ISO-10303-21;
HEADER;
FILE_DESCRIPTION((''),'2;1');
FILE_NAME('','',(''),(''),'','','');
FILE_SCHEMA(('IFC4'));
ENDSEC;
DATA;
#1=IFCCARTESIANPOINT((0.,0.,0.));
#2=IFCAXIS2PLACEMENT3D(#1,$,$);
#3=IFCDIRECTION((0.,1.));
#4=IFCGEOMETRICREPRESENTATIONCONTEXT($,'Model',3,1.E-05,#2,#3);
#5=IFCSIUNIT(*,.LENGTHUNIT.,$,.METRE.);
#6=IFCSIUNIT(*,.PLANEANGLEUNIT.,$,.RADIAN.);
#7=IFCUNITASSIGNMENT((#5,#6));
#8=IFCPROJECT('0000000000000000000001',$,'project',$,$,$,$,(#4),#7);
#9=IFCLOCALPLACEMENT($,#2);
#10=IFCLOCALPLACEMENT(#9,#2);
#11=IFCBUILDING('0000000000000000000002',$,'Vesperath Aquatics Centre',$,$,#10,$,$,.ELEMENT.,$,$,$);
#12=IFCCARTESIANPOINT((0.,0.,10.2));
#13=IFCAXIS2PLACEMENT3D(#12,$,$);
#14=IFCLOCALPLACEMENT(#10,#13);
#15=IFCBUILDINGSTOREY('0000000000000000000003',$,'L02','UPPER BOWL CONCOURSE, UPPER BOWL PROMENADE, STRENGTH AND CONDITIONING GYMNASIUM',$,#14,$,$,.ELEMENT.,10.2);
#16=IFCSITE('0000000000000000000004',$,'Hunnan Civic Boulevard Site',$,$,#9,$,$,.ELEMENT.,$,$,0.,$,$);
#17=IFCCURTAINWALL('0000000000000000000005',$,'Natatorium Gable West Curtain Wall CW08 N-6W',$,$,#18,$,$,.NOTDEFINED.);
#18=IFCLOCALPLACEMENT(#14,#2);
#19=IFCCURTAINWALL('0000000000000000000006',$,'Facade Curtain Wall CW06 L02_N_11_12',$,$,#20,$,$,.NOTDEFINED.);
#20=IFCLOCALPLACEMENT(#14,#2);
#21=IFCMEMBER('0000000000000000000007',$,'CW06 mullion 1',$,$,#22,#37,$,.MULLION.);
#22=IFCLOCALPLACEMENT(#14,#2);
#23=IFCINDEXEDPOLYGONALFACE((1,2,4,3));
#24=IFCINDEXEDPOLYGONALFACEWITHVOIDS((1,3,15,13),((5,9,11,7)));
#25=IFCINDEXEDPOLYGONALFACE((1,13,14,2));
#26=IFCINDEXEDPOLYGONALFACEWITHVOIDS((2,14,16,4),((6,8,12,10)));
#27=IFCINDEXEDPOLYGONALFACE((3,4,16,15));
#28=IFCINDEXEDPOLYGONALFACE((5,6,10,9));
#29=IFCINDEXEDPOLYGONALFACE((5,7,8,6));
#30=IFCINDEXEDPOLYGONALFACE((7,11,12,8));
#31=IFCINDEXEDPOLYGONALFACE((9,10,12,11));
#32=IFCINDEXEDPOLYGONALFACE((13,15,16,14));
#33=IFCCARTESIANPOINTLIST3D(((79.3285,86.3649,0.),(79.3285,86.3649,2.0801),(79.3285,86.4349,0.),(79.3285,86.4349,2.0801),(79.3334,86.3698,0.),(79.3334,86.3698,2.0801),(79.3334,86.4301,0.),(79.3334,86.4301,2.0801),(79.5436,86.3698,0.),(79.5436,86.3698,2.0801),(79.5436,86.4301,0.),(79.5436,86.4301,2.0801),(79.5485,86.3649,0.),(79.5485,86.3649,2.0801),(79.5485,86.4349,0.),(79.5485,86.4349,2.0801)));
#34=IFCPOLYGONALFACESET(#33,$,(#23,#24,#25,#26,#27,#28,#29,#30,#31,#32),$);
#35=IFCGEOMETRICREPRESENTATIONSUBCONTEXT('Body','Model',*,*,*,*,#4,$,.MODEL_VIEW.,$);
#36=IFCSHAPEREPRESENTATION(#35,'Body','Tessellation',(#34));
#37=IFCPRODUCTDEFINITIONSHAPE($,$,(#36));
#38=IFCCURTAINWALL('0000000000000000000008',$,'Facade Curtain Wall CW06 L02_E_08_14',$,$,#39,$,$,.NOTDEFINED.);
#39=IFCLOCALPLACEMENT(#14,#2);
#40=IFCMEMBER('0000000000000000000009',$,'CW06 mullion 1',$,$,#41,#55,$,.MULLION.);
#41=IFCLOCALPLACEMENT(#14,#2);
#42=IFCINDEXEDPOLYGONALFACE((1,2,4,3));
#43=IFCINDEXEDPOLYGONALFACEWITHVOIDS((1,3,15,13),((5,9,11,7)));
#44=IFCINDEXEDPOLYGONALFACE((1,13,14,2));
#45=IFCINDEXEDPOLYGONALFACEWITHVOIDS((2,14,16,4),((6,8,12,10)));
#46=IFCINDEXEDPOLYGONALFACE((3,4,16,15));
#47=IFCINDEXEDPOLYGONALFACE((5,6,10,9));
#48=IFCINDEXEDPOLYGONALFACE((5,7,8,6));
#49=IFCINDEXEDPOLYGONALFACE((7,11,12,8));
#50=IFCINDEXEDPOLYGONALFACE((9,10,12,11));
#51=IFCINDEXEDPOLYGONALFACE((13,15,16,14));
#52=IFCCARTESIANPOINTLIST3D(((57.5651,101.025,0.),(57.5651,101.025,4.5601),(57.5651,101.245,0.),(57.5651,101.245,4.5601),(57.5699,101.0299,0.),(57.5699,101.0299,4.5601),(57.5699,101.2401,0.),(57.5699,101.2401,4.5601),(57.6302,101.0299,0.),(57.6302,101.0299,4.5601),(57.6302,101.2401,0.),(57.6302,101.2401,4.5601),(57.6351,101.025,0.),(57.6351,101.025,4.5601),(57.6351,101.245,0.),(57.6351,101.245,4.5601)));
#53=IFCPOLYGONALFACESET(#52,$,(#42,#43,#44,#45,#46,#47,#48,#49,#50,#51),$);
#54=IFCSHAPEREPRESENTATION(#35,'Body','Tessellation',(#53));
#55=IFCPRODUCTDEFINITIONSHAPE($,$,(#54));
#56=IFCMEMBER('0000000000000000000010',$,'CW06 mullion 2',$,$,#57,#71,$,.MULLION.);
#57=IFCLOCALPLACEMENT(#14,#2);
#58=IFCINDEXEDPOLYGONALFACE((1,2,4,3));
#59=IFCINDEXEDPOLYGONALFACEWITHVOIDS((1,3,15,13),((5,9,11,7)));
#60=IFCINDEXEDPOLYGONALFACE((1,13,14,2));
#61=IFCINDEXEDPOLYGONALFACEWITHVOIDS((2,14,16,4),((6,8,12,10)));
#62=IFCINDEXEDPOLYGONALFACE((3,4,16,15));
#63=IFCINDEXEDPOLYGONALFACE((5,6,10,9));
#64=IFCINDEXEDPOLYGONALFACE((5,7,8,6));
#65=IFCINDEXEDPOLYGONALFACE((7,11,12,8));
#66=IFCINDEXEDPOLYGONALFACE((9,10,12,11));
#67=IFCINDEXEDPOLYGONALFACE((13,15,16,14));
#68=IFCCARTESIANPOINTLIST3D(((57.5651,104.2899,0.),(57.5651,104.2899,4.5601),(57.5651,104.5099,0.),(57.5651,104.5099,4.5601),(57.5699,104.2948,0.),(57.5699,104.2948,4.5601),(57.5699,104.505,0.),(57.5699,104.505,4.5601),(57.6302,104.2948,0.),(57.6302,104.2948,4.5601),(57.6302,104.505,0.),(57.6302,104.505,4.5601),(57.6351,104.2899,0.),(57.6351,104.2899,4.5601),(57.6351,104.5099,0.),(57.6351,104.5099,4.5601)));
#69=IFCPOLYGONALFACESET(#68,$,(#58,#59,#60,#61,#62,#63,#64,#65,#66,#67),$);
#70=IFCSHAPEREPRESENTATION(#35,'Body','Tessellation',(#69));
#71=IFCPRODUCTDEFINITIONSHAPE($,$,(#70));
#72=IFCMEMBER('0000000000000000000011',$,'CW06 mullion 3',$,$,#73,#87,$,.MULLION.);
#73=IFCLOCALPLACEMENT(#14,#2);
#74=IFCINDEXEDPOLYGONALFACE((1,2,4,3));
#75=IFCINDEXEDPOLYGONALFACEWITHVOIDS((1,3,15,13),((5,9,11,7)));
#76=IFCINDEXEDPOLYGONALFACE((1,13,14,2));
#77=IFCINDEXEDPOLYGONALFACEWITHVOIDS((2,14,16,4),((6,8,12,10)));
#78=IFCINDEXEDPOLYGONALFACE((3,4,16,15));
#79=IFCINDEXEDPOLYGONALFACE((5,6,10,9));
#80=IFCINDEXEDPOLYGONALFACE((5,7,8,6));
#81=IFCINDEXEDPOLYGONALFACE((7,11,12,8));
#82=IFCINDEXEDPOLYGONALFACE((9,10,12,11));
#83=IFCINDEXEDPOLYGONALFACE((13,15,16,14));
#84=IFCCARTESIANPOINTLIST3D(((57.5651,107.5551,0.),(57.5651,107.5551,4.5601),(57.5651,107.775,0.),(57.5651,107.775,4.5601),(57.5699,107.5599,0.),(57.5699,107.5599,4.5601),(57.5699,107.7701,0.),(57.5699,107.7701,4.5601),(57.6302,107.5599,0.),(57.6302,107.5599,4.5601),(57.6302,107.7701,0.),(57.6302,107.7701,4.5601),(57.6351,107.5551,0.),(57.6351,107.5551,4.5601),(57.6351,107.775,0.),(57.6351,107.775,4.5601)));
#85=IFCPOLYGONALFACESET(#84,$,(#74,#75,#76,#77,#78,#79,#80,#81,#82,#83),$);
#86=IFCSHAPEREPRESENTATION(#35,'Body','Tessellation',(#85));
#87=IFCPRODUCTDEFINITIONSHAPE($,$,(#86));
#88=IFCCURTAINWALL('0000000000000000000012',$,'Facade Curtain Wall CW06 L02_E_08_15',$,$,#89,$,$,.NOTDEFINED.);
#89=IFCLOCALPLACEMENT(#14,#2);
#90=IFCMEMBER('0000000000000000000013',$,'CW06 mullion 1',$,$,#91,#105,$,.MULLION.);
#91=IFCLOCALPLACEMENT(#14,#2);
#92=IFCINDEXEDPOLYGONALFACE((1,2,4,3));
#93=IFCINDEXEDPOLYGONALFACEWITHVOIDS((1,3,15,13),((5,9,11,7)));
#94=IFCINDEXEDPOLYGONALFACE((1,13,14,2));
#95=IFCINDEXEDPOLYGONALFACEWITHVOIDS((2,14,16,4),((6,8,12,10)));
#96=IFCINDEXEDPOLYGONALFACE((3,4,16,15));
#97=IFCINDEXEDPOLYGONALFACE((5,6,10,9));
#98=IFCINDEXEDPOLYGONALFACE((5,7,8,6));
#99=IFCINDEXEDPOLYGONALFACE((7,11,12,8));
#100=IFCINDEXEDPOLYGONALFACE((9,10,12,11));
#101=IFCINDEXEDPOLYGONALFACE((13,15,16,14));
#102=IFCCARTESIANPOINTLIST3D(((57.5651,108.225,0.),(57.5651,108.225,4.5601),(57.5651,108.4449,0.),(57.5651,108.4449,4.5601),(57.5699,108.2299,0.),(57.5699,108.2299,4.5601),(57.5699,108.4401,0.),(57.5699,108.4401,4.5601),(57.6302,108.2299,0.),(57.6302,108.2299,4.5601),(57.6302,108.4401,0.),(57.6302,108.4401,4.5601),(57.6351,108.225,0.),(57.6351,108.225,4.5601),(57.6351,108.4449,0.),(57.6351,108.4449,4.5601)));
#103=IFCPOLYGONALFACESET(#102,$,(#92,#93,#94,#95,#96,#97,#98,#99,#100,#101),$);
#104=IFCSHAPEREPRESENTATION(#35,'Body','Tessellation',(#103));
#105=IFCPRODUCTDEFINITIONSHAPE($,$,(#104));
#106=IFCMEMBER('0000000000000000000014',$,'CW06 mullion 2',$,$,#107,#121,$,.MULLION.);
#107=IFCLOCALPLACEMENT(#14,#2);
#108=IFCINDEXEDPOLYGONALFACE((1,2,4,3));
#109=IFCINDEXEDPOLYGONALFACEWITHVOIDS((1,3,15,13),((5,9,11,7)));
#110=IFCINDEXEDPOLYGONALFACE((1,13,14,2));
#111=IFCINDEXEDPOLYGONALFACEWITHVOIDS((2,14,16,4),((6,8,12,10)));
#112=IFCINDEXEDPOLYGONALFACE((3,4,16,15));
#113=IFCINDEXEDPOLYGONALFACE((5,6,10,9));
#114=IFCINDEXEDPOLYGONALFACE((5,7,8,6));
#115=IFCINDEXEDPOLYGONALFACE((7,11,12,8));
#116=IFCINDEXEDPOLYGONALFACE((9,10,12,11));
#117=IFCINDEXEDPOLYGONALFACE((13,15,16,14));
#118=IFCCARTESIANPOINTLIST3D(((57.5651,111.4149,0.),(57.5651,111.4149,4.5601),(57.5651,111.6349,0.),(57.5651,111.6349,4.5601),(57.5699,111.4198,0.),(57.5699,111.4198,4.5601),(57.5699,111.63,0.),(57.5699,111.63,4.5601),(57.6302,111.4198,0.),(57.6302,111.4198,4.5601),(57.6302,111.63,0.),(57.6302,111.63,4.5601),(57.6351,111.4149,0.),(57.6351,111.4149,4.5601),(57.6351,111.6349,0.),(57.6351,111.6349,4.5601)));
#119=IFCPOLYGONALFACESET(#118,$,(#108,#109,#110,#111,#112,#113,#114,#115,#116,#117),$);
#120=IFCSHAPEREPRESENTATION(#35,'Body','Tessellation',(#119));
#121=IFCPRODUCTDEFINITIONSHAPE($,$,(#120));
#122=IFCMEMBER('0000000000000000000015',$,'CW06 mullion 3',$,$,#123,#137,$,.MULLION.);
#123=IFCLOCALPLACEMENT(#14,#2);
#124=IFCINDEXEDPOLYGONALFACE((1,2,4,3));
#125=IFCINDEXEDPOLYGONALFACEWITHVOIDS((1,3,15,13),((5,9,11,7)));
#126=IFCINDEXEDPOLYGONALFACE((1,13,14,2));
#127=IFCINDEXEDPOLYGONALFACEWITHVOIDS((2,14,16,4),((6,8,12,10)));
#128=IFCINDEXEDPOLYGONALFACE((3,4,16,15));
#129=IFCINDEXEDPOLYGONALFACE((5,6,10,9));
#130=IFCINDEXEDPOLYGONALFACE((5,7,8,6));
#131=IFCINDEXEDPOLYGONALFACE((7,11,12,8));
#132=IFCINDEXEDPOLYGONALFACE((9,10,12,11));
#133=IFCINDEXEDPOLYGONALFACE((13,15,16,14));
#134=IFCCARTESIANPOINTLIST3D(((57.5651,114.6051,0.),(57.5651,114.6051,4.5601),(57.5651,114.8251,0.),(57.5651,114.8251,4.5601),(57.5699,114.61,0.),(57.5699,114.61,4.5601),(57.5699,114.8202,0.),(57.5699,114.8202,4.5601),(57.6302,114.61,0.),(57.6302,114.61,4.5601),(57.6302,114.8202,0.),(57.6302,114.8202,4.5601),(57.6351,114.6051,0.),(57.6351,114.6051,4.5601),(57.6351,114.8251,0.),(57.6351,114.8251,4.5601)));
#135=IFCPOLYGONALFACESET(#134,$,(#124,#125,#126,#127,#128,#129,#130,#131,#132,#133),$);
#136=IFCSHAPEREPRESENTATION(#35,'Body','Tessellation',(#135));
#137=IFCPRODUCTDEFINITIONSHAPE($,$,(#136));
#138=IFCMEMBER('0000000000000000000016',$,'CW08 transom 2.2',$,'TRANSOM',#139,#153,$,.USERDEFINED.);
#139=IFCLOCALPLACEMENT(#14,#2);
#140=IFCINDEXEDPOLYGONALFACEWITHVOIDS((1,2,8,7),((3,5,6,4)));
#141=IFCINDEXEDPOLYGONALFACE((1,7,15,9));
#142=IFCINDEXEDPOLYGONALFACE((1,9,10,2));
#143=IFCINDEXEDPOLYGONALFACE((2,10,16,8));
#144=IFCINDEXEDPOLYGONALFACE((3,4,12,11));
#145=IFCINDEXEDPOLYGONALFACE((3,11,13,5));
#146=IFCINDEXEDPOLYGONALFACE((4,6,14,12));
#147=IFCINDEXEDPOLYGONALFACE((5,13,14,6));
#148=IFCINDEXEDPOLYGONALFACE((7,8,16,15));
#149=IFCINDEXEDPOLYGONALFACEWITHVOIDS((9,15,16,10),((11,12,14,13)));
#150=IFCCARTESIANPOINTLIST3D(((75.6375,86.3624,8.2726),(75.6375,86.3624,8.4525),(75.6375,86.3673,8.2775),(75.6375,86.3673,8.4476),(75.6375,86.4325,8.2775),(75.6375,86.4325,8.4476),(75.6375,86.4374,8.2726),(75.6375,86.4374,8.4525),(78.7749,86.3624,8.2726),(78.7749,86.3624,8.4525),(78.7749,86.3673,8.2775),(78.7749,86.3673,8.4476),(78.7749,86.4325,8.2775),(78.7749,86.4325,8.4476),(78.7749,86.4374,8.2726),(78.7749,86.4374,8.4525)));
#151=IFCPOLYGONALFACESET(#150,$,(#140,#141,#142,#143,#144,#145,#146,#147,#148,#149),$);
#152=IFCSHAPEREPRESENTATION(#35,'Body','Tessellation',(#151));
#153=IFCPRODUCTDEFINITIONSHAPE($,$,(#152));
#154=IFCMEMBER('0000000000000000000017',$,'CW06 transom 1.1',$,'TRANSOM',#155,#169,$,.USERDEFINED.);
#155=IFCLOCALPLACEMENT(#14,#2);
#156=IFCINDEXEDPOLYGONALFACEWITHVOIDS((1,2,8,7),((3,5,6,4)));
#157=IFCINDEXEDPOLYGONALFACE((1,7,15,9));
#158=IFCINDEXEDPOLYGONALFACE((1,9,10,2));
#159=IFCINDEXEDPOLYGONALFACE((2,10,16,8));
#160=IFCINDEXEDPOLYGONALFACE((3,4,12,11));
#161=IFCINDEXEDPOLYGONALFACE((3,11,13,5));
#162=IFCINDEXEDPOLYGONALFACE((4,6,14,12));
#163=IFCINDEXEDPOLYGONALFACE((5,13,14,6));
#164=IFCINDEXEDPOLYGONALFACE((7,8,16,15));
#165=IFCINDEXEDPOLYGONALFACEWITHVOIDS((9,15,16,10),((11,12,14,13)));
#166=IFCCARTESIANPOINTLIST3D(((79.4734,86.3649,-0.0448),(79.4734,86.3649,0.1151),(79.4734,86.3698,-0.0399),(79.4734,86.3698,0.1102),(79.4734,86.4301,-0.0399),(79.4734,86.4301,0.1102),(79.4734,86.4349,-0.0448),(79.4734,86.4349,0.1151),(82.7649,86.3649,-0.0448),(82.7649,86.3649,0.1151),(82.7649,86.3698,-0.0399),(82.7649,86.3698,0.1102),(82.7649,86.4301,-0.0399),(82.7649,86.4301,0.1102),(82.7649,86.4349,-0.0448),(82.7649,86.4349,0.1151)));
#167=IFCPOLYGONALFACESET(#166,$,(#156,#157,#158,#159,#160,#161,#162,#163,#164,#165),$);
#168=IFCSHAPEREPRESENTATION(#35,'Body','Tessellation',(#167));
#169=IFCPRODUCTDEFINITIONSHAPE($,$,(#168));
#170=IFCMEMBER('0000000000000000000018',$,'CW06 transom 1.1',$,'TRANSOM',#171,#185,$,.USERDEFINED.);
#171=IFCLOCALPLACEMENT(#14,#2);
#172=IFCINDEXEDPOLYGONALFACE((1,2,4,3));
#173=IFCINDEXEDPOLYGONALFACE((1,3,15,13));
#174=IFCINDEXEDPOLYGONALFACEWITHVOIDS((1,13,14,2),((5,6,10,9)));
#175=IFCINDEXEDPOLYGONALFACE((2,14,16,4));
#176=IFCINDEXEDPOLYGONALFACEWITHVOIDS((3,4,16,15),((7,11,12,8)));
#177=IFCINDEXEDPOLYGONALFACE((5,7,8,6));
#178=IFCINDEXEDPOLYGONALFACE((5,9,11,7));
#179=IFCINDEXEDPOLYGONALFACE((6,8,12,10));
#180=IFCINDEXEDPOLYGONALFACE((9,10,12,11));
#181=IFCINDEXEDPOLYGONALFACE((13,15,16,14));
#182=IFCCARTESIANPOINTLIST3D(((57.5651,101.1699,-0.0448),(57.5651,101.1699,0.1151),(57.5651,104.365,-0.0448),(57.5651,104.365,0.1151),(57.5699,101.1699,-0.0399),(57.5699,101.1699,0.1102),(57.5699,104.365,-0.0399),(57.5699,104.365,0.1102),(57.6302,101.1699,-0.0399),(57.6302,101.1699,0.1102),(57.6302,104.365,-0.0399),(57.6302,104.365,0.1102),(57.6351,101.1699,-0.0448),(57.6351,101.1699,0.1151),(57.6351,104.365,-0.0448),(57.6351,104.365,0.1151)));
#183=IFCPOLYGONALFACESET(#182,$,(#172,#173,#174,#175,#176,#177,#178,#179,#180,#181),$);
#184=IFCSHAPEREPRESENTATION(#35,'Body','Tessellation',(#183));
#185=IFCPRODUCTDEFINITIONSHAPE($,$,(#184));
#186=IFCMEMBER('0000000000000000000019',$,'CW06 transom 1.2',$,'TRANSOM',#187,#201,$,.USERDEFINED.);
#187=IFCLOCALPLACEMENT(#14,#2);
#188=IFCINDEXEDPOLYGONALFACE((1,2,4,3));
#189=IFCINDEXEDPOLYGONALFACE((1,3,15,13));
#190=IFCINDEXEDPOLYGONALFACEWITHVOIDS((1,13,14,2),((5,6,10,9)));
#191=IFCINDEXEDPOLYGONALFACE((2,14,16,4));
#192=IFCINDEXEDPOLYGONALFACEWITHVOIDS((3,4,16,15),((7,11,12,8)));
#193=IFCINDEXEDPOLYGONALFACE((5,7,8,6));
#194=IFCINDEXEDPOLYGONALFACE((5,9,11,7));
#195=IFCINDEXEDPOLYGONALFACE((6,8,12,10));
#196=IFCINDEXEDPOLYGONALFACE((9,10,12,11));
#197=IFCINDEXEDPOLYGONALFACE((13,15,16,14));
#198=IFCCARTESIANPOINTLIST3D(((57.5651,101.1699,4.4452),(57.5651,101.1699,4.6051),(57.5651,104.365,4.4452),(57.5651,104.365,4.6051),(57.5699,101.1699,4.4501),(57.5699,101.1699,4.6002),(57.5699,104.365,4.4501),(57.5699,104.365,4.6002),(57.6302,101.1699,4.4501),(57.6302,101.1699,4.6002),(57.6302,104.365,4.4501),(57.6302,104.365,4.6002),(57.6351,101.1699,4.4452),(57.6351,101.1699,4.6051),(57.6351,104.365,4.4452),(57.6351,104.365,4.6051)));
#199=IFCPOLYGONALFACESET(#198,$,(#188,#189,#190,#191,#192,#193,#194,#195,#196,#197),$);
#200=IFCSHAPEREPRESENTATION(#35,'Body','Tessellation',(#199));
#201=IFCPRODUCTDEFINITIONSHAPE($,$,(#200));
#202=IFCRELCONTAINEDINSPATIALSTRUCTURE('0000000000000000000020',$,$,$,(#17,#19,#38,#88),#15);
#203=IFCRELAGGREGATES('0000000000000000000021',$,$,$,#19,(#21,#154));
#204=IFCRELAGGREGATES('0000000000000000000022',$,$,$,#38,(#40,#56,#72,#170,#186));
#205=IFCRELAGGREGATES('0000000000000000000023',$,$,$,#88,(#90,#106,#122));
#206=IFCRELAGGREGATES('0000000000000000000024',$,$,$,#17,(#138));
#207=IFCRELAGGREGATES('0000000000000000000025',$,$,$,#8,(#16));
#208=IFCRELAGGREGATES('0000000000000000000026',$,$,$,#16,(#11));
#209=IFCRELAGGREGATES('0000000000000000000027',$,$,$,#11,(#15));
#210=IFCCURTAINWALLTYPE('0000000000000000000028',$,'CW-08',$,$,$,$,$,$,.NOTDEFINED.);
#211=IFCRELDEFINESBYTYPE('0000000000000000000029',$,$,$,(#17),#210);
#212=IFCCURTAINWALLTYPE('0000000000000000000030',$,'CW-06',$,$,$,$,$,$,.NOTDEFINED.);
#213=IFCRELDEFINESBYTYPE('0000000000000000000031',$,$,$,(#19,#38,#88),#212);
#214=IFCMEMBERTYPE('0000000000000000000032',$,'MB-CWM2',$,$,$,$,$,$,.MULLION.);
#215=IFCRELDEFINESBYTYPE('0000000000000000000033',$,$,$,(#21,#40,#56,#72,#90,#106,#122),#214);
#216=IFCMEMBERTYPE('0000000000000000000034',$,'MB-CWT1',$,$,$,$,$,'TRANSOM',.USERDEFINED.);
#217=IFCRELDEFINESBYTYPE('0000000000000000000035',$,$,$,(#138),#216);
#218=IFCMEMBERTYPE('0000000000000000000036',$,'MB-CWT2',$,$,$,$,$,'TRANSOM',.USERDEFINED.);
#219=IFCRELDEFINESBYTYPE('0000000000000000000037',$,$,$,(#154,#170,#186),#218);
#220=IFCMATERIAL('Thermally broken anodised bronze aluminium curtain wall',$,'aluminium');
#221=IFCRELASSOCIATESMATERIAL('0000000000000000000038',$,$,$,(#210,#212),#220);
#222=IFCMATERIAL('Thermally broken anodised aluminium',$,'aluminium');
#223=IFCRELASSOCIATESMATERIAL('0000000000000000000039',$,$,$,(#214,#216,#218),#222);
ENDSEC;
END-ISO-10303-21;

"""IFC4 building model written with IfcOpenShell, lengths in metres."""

from ifc_helpers import new_model, si_unit, direction, frame, origin, origin_2d, place, context, subcontext, project, spatial, hollow_rectangle, extrude, material, material_profile, profile_set, type_object, element, aggregate, save


model = new_model("IFC4")

# Units and contexts
model_context = context("Model", 3, precision=1e-05, world=origin(), true_north=direction((0.0, 1.0)))
body_context = subcontext(model_context, "Body", "Model", "MODEL_VIEW")
ifc_project = project(units=[si_unit("LENGTHUNIT", "METRE"), si_unit("PLANEANGLEUNIT", "RADIAN")], contexts=[model_context])

# Site, building, storey
site_placement = place(None, origin())
site = spatial("IfcSite", under=ifc_project, at=site_placement, Name="Hunnan Civic Boulevard Site", CompositionType="ELEMENT", RefElevation=0.0)
building_placement = place(site_placement, origin())
building = spatial("IfcBuilding", under=site, at=building_placement, Name="Vesperath Aquatics Centre", CompositionType="ELEMENT")
storey_placement = place(building_placement, frame((0.0, 0.0, 10.2)))
storey = spatial("IfcBuildingStorey", under=building, at=storey_placement, Name="L02", Description="UPPER BOWL CONCOURSE, UPPER BOWL PROMENADE, STRENGTH AND CONDITIONING GYMNASIUM", CompositionType="ELEMENT", Elevation=10.2)

# Curtain walls, member
ifc_material_1 = material(Name="Thermally broken anodised bronze aluminium curtain wall", Category="aluminium")
curtain_wall_type_1 = type_object("IfcCurtainWallType", Name="CW-08", PredefinedType="NOTDEFINED", material=ifc_material_1)
curtain_wall_1_placement = place(storey_placement, origin())
curtain_wall_1 = element("IfcCurtainWall", 1, at=curtain_wall_1_placement, inside=storey, type_object=curtain_wall_type_1, Name="Natatorium Gable West Curtain Wall CW08 N-6W", PredefinedType="NOTDEFINED")
ifc_material_2 = material(Name="Thermally broken anodised aluminium", Category="aluminium")
curtain_wall_type_2 = type_object("IfcCurtainWallType", Name="CW-06", PredefinedType="NOTDEFINED", material=ifc_material_1)
ifc_material_profile_1 = material_profile(ifc_material_2, hollow_rectangle(XDim=0.0701, YDim=0.22, WallThickness=0.0049, at=origin_2d()), Name="CWM 70x220x5")
ifc_profile_set_1 = profile_set([ifc_material_profile_1], Name="Thermally broken anodised aluminium")
member_type_1 = type_object("IfcMemberType", Name="MB-CWM2", PredefinedType="MULLION", material=ifc_profile_set_1)
curtain_wall_2_placement = place(storey_placement, origin())
curtain_wall_2 = element("IfcCurtainWall", 2, at=curtain_wall_2_placement, inside=storey, type_object=curtain_wall_type_2, Name="Facade Curtain Wall CW06 L02_N_11_12", PredefinedType="NOTDEFINED")
member_1_placement = place(storey_placement, frame((79.4385, 86.3999, 0.0), z_axis=(0.0, 0.0, 1.0), x_axis=(0.0, 1.0, 0.0)))
member_1 = element("IfcMember", 3, at=member_1_placement, type_object=member_type_1, Name="CW06 mullion 1", PredefinedType="MULLION", context=body_context, shape_type="SweptSolid", body=[
    extrude(hollow_rectangle(XDim=0.0701, YDim=0.22, WallThickness=0.0049, at=origin_2d()), origin(), (0.0, 0.0, 1.0), 2.0801),
])

# Curtain walls, members
curtain_wall_3_placement = place(storey_placement, origin())
curtain_wall_3 = element("IfcCurtainWall", 4, at=curtain_wall_3_placement, inside=storey, type_object=curtain_wall_type_2, Name="Facade Curtain Wall CW06 L02_E_08_14", PredefinedType="NOTDEFINED")
member_2_placement = place(storey_placement, frame((57.6001, 101.135, 0.0), z_axis=(0.0, 0.0, 1.0), x_axis=(-1.0, 0.0, 0.0)))
member_2 = element("IfcMember", 5, at=member_2_placement, type_object=member_type_1, Name="CW06 mullion 1", PredefinedType="MULLION", context=body_context, shape_type="SweptSolid", body=[
    extrude(hollow_rectangle(XDim=0.0701, YDim=0.22, WallThickness=0.0049, at=origin_2d()), origin(), (0.0, 0.0, 1.0), 4.5601),
])
member_3_placement = place(storey_placement, frame((57.6001, 104.3999, 0.0), z_axis=(0.0, 0.0, 1.0), x_axis=(-1.0, 0.0, 0.0)))
member_3 = element("IfcMember", 6, at=member_3_placement, type_object=member_type_1, Name="CW06 mullion 2", PredefinedType="MULLION", context=body_context, shape_type="SweptSolid", body=[
    extrude(hollow_rectangle(XDim=0.0701, YDim=0.22, WallThickness=0.0049, at=origin_2d()), origin(), (0.0, 0.0, 1.0), 4.5601),
])
member_4_placement = place(storey_placement, frame((57.6001, 107.665, 0.0), z_axis=(0.0, 0.0, 1.0), x_axis=(-1.0, 0.0, 0.0)))
member_4 = element("IfcMember", 7, at=member_4_placement, type_object=member_type_1, Name="CW06 mullion 3", PredefinedType="MULLION", context=body_context, shape_type="SweptSolid", body=[
    extrude(hollow_rectangle(XDim=0.0701, YDim=0.22, WallThickness=0.0049, at=origin_2d()), origin(), (0.0, 0.0, 1.0), 4.5601),
])
curtain_wall_4_placement = place(storey_placement, origin())
curtain_wall_4 = element("IfcCurtainWall", 8, at=curtain_wall_4_placement, inside=storey, type_object=curtain_wall_type_2, Name="Facade Curtain Wall CW06 L02_E_08_15", PredefinedType="NOTDEFINED")
member_5_placement = place(storey_placement, frame((57.6001, 108.335, 0.0), z_axis=(0.0, 0.0, 1.0), x_axis=(-1.0, 0.0, 0.0)))
member_5 = element("IfcMember", 9, at=member_5_placement, type_object=member_type_1, Name="CW06 mullion 1", PredefinedType="MULLION", context=body_context, shape_type="SweptSolid", body=[
    extrude(hollow_rectangle(XDim=0.0701, YDim=0.22, WallThickness=0.0049, at=origin_2d()), origin(), (0.0, 0.0, 1.0), 4.5601),
])
member_6_placement = place(storey_placement, frame((57.6001, 111.5249, 0.0), z_axis=(0.0, 0.0, 1.0), x_axis=(-1.0, 0.0, 0.0)))
member_6 = element("IfcMember", 10, at=member_6_placement, type_object=member_type_1, Name="CW06 mullion 2", PredefinedType="MULLION", context=body_context, shape_type="SweptSolid", body=[
    extrude(hollow_rectangle(XDim=0.0701, YDim=0.22, WallThickness=0.0049, at=origin_2d()), origin(), (0.0, 0.0, 1.0), 4.5601),
])
member_7_placement = place(storey_placement, frame((57.6001, 114.7151, 0.0), z_axis=(0.0, 0.0, 1.0), x_axis=(-1.0, 0.0, 0.0)))
member_7 = element("IfcMember", 11, at=member_7_placement, type_object=member_type_1, Name="CW06 mullion 3", PredefinedType="MULLION", context=body_context, shape_type="SweptSolid", body=[
    extrude(hollow_rectangle(XDim=0.0701, YDim=0.22, WallThickness=0.0049, at=origin_2d()), origin(), (0.0, 0.0, 1.0), 4.5601),
])

# Members
ifc_material_profile_2 = material_profile(ifc_material_2, hollow_rectangle(XDim=0.075, YDim=0.1799, WallThickness=0.0049, at=origin_2d()), Name="CWT 75x180x5")
ifc_profile_set_2 = profile_set([ifc_material_profile_2], Name="Thermally broken anodised aluminium")
member_type_2 = type_object("IfcMemberType", Name="MB-CWT1", ElementType="TRANSOM", PredefinedType="USERDEFINED", material=ifc_profile_set_2)
member_8_placement = place(storey_placement, frame((75.6375, 86.3999, 8.3625), z_axis=(1.0, 0.0, 0.0), x_axis=(0.0, 1.0, 0.0)))
member_8 = element("IfcMember", 12, at=member_8_placement, type_object=member_type_2, Name="CW08 transom 2.2", ObjectType="TRANSOM", PredefinedType="USERDEFINED", context=body_context, shape_type="SweptSolid", body=[
    extrude(hollow_rectangle(XDim=0.075, YDim=0.1799, WallThickness=0.0049, at=origin_2d()), origin(), (0.0, 0.0, 1.0), 3.1375),
])
ifc_material_profile_3 = material_profile(ifc_material_2, hollow_rectangle(XDim=0.0701, YDim=0.1599, WallThickness=0.0049, at=origin_2d()), Name="CWT 70x160x5")
ifc_profile_set_3 = profile_set([ifc_material_profile_3], Name="Thermally broken anodised aluminium")
member_type_3 = type_object("IfcMemberType", Name="MB-CWT2", ElementType="TRANSOM", PredefinedType="USERDEFINED", material=ifc_profile_set_3)
member_9_placement = place(storey_placement, frame((79.4734, 86.3999, 0.0352), z_axis=(1.0, 0.0, 0.0), x_axis=(0.0, 1.0, 0.0)))
member_9 = element("IfcMember", 13, at=member_9_placement, type_object=member_type_3, Name="CW06 transom 1.1", ObjectType="TRANSOM", PredefinedType="USERDEFINED", context=body_context, shape_type="SweptSolid", body=[
    extrude(hollow_rectangle(XDim=0.0701, YDim=0.1599, WallThickness=0.0049, at=origin_2d()), origin(), (0.0, 0.0, 1.0), 3.2915),
])
aggregate(curtain_wall_2, [member_1, member_9])
member_10_placement = place(storey_placement, frame((57.6001, 101.1699, 0.0352), z_axis=(0.0, 1.0, 0.0), x_axis=(-1.0, 0.0, 0.0)))
member_10 = element("IfcMember", 14, at=member_10_placement, type_object=member_type_3, Name="CW06 transom 1.1", ObjectType="TRANSOM", PredefinedType="USERDEFINED", context=body_context, shape_type="SweptSolid", body=[
    extrude(hollow_rectangle(XDim=0.0701, YDim=0.1599, WallThickness=0.0049, at=origin_2d()), origin(), (0.0, 0.0, 1.0), 3.1951),
])
member_11_placement = place(storey_placement, frame((57.6001, 101.1699, 4.5251), z_axis=(0.0, 1.0, 0.0), x_axis=(-1.0, 0.0, 0.0)))
member_11 = element("IfcMember", 15, at=member_11_placement, type_object=member_type_3, Name="CW06 transom 1.2", ObjectType="TRANSOM", PredefinedType="USERDEFINED", context=body_context, shape_type="SweptSolid", body=[
    extrude(hollow_rectangle(XDim=0.0701, YDim=0.1599, WallThickness=0.0049, at=origin_2d()), origin(), (0.0, 0.0, 1.0), 3.1951),
])

aggregate(curtain_wall_3, [member_2, member_3, member_4, member_10, member_11])
aggregate(curtain_wall_4, [member_5, member_6, member_7])
aggregate(curtain_wall_1, [member_8])

save(model, "model.ifc")
